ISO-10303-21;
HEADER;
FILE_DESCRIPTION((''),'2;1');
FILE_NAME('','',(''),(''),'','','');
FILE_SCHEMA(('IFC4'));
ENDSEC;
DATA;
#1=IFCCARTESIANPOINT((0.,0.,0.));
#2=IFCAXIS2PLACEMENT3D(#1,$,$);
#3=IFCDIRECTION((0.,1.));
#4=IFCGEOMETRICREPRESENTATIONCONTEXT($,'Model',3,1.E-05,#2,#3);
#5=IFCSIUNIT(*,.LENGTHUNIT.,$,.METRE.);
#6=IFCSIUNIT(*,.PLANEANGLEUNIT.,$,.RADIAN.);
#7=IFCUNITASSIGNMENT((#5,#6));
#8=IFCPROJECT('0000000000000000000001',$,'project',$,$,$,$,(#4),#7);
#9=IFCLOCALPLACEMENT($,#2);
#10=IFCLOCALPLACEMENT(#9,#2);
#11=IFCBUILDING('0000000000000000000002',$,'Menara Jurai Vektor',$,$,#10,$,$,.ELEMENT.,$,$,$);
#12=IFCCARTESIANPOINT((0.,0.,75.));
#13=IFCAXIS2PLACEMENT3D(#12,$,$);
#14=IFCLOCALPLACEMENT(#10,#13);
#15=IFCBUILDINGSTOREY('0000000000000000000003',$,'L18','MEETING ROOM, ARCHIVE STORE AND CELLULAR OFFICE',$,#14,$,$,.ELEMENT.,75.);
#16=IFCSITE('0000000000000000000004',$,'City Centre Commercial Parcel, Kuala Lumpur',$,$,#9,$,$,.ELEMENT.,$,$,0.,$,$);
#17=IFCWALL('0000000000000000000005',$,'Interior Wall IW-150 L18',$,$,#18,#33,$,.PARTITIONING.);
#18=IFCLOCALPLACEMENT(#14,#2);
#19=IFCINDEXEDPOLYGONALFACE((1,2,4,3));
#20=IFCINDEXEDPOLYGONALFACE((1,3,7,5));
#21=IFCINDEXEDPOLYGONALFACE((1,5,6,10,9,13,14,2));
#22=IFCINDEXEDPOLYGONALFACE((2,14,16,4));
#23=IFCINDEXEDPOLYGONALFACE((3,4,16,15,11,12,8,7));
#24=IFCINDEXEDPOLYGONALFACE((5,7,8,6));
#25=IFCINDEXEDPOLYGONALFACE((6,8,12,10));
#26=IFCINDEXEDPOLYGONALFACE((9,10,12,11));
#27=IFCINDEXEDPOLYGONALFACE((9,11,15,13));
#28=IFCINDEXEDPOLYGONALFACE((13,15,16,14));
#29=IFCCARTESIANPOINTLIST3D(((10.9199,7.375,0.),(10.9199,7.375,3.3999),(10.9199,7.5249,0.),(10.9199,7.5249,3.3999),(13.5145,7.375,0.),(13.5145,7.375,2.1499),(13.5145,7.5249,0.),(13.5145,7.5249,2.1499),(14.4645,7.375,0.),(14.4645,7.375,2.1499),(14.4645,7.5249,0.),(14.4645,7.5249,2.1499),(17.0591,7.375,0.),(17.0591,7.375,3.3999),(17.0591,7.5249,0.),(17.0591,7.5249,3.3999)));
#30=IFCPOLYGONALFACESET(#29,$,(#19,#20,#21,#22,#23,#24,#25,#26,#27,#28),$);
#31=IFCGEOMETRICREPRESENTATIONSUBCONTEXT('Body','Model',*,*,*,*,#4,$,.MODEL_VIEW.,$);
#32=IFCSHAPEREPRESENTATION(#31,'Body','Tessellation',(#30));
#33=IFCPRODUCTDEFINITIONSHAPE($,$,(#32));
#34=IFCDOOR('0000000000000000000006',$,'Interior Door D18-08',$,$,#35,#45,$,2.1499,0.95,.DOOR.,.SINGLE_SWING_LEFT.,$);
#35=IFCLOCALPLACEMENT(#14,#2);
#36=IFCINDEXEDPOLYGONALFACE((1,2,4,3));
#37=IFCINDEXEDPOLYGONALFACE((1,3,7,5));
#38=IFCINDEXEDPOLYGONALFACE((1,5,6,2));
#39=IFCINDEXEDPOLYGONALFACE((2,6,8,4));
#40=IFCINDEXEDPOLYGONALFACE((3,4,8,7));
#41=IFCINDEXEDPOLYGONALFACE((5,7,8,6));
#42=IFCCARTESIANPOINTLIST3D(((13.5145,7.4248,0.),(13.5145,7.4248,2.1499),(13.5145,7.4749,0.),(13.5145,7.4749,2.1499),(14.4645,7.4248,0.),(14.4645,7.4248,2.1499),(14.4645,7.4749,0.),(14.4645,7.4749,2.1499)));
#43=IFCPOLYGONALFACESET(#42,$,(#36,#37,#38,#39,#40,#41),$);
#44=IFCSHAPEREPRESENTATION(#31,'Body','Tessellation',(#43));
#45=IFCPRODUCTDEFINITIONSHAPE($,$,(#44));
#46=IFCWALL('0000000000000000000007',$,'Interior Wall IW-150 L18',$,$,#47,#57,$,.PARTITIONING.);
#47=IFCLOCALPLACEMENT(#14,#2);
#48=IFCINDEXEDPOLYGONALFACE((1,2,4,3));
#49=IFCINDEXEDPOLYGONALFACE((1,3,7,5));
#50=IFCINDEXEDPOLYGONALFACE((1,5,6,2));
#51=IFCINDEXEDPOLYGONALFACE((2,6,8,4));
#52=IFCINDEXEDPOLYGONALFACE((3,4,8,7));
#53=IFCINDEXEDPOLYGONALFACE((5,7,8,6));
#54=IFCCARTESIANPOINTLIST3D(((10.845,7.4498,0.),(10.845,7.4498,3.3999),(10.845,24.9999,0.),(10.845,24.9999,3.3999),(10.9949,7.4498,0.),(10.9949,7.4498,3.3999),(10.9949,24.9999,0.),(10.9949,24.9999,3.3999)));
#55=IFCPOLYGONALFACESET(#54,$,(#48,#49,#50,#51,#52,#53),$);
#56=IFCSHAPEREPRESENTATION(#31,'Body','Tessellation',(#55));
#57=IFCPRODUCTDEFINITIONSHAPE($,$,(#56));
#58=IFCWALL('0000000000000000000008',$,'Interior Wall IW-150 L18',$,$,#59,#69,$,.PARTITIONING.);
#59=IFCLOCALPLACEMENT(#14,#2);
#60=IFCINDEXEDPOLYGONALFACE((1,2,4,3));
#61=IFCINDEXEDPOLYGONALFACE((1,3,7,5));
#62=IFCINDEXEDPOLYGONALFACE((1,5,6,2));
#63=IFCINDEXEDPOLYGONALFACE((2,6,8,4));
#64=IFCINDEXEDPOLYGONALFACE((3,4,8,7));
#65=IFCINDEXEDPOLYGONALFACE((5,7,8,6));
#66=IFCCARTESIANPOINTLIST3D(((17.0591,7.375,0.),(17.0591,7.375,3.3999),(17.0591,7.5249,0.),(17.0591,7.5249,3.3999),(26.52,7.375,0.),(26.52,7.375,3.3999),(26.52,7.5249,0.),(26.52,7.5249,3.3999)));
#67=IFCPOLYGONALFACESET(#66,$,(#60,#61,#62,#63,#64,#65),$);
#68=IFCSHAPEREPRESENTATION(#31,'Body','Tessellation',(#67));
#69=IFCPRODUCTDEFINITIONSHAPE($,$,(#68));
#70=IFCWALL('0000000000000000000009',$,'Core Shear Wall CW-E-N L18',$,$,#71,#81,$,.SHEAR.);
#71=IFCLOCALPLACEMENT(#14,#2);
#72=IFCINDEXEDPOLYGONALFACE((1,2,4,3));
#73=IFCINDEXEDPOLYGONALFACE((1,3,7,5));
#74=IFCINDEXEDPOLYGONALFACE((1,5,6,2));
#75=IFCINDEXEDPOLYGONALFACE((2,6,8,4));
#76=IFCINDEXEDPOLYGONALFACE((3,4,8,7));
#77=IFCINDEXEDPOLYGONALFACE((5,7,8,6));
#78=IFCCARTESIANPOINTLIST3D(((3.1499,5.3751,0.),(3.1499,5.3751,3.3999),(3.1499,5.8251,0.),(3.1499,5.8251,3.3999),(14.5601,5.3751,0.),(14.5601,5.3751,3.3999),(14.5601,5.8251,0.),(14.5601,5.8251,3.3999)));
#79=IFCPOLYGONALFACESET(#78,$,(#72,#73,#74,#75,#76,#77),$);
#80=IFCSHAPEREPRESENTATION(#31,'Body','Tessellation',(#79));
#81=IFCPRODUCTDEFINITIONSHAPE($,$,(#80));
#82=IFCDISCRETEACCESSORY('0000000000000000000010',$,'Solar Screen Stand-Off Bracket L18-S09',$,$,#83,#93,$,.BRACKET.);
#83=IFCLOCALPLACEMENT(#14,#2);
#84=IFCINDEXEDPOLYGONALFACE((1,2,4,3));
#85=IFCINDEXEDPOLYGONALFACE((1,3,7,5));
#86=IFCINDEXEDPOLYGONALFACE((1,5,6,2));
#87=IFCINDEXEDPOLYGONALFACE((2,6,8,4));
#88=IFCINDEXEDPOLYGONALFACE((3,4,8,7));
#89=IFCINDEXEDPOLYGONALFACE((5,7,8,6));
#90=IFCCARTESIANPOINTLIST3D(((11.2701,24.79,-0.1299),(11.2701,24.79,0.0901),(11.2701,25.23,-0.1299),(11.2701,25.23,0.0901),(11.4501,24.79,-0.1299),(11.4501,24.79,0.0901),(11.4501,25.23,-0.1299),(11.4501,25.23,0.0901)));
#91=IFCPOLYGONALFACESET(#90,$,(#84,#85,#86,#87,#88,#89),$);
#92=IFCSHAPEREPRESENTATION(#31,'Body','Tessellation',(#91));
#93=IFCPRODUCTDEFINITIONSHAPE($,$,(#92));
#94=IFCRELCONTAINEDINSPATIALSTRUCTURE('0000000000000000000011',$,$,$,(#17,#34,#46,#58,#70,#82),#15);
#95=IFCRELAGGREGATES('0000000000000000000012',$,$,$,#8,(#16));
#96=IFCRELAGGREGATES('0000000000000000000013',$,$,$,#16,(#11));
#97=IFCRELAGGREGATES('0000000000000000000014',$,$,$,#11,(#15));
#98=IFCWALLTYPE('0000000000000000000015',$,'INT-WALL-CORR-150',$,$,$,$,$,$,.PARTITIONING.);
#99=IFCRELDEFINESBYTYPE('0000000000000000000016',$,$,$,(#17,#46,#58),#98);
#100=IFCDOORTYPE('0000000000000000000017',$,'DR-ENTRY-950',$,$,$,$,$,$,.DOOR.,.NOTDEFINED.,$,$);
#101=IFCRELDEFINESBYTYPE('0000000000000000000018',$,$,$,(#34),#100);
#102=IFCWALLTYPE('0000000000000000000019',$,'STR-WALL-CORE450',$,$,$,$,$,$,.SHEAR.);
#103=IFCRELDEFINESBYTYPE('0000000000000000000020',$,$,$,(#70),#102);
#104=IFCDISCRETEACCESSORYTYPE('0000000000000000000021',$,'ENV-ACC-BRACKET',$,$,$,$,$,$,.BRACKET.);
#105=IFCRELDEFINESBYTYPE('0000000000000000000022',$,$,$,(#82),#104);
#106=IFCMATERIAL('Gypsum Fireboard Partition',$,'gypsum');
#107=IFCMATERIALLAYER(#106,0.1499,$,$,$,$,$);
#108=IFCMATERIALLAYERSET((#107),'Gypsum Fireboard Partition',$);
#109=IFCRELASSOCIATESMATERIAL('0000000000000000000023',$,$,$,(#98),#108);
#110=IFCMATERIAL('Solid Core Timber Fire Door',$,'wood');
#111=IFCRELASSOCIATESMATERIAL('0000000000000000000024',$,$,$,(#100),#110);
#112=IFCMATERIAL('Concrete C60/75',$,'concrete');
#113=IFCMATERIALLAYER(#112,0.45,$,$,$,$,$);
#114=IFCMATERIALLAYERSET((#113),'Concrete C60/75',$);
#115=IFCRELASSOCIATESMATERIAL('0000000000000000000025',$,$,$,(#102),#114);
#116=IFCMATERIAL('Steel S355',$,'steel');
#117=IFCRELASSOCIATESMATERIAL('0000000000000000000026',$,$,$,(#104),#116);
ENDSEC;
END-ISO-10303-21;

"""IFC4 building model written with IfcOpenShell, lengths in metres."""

from ifc_helpers import new_model, si_unit, direction, frame, frame_2d, origin, origin_2d, place, context, subcontext, project, spatial, rectangle, extrude, material, layer, layer_set, type_object, element, fill, save


model = new_model("IFC4")

# Units and contexts
model_context = context("Model", 3, precision=1e-05, world=origin(), true_north=direction((0.0, 1.0)))
body_context = subcontext(model_context, "Body", "Model", "MODEL_VIEW")
ifc_project = project(units=[si_unit("LENGTHUNIT", "METRE"), si_unit("PLANEANGLEUNIT", "RADIAN")], contexts=[model_context])

# Site, building, storey
site_placement = place(None, origin())
site = spatial("IfcSite", under=ifc_project, at=site_placement, Name="City Centre Commercial Parcel, Kuala Lumpur", CompositionType="ELEMENT", RefElevation=0.0)
building_placement = place(site_placement, origin())
building = spatial("IfcBuilding", under=site, at=building_placement, Name="Menara Jurai Vektor", CompositionType="ELEMENT")
storey_placement = place(building_placement, frame((0.0, 0.0, 75.0)))
storey = spatial("IfcBuildingStorey", under=building, at=storey_placement, Name="L18", Description="MEETING ROOM, ARCHIVE STORE AND CELLULAR OFFICE", CompositionType="ELEMENT", Elevation=75.0)

# Shared definitions
ifc_material_1 = material(Name="Steel S355", Category="steel")

# Shared definitions
ifc_material_2 = material(Name="Gypsum Fireboard Partition", Category="gypsum")
ifc_layer_1 = layer(ifc_material_2, 0.1499)
ifc_layer_set_1 = layer_set([ifc_layer_1], Name="Gypsum Fireboard Partition")
wall_type_1 = type_object("IfcWallType", Name="INT-WALL-CORR-150", PredefinedType="PARTITIONING", material=ifc_layer_set_1)
ifc_material_3 = material(Name="Solid Core Timber Fire Door", Category="wood")
door_type = type_object("IfcDoorType", Name="DR-ENTRY-950", OperationType="NOTDEFINED", PredefinedType="DOOR", material=ifc_material_3)

# Wall, opening, door
wall_1_placement = place(storey_placement, frame((10.9199, 7.45, 0.0), z_axis=(0.0, 0.0, 1.0), x_axis=(1.0, 0.0, 0.0)))
wall_1 = element("IfcWall", 1, at=wall_1_placement, inside=storey, type_object=wall_type_1, Name="Interior Wall IW-150 L18", PredefinedType="PARTITIONING", context=body_context, shape_type="SweptSolid", body=[
    extrude(rectangle(XDim=6.1392, YDim=0.1499, at=frame_2d((3.0696, 0.0))), origin(), (0.0, 0.0, 1.0), 3.3999),
])
opening_1_placement = place(wall_1_placement, frame((2.5945, 0.0, 0.0)))
opening_1 = element("IfcOpeningElement", 2, at=opening_1_placement, cuts=wall_1, PredefinedType="OPENING", context=body_context, shape_type="SweptSolid", body=[
    extrude(rectangle(XDim=0.95, YDim=2.1499, at=frame_2d((0.4751, 1.075))), frame((0.0, 0.085, 0.0), z_axis=(0.0, -1.0, 0.0), x_axis=(1.0, 0.0, 0.0)), (0.0, 0.0, 1.0), 0.1699),
])
door_1_placement = place(opening_1_placement, origin())
door_1 = element("IfcDoor", 3, at=door_1_placement, inside=storey, type_object=door_type, Name="Interior Door D18-08", OperationType="SINGLE_SWING_LEFT", OverallHeight=2.1499, OverallWidth=0.95, PredefinedType="DOOR", context=body_context, shape_type="SweptSolid", body=[
    extrude(rectangle(XDim=0.95, YDim=2.1499, at=frame_2d((0.4751, 1.075))), frame((0.0, 0.0249, 0.0), z_axis=(0.0, -1.0, 0.0), x_axis=(1.0, 0.0, 0.0)), (0.0, 0.0, 1.0), 0.05),
])
fill(opening_1, door_1)

# Walls
wall_2_placement = place(storey_placement, frame((10.9199, 7.45, 0.0), z_axis=(0.0, 0.0, 1.0), x_axis=(0.0, 1.0, 0.0)))
element("IfcWall", 4, at=wall_2_placement, inside=storey, type_object=wall_type_1, Name="Interior Wall IW-150 L18", PredefinedType="PARTITIONING", context=body_context, shape_type="SweptSolid", body=[
    extrude(rectangle(XDim=17.55, YDim=0.1499, at=frame_2d((8.7749, 0.0))), origin(), (0.0, 0.0, 1.0), 3.3999),
])
wall_3_placement = place(storey_placement, frame((17.0591, 7.45, 0.0), z_axis=(0.0, 0.0, 1.0), x_axis=(1.0, 0.0, 0.0)))
element("IfcWall", 5, at=wall_3_placement, inside=storey, type_object=wall_type_1, Name="Interior Wall IW-150 L18", PredefinedType="PARTITIONING", context=body_context, shape_type="SweptSolid", body=[
    extrude(rectangle(XDim=9.4609, YDim=0.1499, at=frame_2d((4.7305, 0.0))), origin(), (0.0, 0.0, 1.0), 3.3999),
])
ifc_material_4 = material(Name="Concrete C60/75", Category="concrete")
ifc_layer_2 = layer(ifc_material_4, 0.45)
ifc_layer_set_2 = layer_set([ifc_layer_2], Name="Concrete C60/75")
wall_type_2 = type_object("IfcWallType", Name="STR-WALL-CORE450", PredefinedType="SHEAR", material=ifc_layer_set_2)
wall_4_placement = place(storey_placement, frame((3.1499, 5.6001, 0.0), z_axis=(0.0, 0.0, 1.0), x_axis=(1.0, 0.0, 0.0)))
element("IfcWall", 6, at=wall_4_placement, inside=storey, type_object=wall_type_2, Name="Core Shear Wall CW-E-N L18", PredefinedType="SHEAR", context=body_context, shape_type="SweptSolid", body=[
    extrude(rectangle(XDim=11.4102, YDim=0.45, at=frame_2d((5.7051, 0.0))), origin(), (0.0, 0.0, 1.0), 3.3999),
])

# Discrete accessory
discrete_accessory_type = type_object("IfcDiscreteAccessoryType", Name="ENV-ACC-BRACKET", PredefinedType="BRACKET", material=ifc_material_1)
discrete_accessory_placement = place(storey_placement, frame((11.3601, 25.01, -0.1299), z_axis=(0.0, 0.0, 1.0), x_axis=(-1.0, 0.0, 0.0)))
element("IfcDiscreteAccessory", 7, at=discrete_accessory_placement, inside=storey, type_object=discrete_accessory_type, Name="Solar Screen Stand-Off Bracket L18-S09", PredefinedType="BRACKET", context=body_context, shape_type="SweptSolid", body=[
    extrude(rectangle(XDim=0.1799, YDim=0.4399, at=origin_2d()), origin(), (0.0, 0.0, 1.0), 0.22),
])

save(model, "model.ifc")
